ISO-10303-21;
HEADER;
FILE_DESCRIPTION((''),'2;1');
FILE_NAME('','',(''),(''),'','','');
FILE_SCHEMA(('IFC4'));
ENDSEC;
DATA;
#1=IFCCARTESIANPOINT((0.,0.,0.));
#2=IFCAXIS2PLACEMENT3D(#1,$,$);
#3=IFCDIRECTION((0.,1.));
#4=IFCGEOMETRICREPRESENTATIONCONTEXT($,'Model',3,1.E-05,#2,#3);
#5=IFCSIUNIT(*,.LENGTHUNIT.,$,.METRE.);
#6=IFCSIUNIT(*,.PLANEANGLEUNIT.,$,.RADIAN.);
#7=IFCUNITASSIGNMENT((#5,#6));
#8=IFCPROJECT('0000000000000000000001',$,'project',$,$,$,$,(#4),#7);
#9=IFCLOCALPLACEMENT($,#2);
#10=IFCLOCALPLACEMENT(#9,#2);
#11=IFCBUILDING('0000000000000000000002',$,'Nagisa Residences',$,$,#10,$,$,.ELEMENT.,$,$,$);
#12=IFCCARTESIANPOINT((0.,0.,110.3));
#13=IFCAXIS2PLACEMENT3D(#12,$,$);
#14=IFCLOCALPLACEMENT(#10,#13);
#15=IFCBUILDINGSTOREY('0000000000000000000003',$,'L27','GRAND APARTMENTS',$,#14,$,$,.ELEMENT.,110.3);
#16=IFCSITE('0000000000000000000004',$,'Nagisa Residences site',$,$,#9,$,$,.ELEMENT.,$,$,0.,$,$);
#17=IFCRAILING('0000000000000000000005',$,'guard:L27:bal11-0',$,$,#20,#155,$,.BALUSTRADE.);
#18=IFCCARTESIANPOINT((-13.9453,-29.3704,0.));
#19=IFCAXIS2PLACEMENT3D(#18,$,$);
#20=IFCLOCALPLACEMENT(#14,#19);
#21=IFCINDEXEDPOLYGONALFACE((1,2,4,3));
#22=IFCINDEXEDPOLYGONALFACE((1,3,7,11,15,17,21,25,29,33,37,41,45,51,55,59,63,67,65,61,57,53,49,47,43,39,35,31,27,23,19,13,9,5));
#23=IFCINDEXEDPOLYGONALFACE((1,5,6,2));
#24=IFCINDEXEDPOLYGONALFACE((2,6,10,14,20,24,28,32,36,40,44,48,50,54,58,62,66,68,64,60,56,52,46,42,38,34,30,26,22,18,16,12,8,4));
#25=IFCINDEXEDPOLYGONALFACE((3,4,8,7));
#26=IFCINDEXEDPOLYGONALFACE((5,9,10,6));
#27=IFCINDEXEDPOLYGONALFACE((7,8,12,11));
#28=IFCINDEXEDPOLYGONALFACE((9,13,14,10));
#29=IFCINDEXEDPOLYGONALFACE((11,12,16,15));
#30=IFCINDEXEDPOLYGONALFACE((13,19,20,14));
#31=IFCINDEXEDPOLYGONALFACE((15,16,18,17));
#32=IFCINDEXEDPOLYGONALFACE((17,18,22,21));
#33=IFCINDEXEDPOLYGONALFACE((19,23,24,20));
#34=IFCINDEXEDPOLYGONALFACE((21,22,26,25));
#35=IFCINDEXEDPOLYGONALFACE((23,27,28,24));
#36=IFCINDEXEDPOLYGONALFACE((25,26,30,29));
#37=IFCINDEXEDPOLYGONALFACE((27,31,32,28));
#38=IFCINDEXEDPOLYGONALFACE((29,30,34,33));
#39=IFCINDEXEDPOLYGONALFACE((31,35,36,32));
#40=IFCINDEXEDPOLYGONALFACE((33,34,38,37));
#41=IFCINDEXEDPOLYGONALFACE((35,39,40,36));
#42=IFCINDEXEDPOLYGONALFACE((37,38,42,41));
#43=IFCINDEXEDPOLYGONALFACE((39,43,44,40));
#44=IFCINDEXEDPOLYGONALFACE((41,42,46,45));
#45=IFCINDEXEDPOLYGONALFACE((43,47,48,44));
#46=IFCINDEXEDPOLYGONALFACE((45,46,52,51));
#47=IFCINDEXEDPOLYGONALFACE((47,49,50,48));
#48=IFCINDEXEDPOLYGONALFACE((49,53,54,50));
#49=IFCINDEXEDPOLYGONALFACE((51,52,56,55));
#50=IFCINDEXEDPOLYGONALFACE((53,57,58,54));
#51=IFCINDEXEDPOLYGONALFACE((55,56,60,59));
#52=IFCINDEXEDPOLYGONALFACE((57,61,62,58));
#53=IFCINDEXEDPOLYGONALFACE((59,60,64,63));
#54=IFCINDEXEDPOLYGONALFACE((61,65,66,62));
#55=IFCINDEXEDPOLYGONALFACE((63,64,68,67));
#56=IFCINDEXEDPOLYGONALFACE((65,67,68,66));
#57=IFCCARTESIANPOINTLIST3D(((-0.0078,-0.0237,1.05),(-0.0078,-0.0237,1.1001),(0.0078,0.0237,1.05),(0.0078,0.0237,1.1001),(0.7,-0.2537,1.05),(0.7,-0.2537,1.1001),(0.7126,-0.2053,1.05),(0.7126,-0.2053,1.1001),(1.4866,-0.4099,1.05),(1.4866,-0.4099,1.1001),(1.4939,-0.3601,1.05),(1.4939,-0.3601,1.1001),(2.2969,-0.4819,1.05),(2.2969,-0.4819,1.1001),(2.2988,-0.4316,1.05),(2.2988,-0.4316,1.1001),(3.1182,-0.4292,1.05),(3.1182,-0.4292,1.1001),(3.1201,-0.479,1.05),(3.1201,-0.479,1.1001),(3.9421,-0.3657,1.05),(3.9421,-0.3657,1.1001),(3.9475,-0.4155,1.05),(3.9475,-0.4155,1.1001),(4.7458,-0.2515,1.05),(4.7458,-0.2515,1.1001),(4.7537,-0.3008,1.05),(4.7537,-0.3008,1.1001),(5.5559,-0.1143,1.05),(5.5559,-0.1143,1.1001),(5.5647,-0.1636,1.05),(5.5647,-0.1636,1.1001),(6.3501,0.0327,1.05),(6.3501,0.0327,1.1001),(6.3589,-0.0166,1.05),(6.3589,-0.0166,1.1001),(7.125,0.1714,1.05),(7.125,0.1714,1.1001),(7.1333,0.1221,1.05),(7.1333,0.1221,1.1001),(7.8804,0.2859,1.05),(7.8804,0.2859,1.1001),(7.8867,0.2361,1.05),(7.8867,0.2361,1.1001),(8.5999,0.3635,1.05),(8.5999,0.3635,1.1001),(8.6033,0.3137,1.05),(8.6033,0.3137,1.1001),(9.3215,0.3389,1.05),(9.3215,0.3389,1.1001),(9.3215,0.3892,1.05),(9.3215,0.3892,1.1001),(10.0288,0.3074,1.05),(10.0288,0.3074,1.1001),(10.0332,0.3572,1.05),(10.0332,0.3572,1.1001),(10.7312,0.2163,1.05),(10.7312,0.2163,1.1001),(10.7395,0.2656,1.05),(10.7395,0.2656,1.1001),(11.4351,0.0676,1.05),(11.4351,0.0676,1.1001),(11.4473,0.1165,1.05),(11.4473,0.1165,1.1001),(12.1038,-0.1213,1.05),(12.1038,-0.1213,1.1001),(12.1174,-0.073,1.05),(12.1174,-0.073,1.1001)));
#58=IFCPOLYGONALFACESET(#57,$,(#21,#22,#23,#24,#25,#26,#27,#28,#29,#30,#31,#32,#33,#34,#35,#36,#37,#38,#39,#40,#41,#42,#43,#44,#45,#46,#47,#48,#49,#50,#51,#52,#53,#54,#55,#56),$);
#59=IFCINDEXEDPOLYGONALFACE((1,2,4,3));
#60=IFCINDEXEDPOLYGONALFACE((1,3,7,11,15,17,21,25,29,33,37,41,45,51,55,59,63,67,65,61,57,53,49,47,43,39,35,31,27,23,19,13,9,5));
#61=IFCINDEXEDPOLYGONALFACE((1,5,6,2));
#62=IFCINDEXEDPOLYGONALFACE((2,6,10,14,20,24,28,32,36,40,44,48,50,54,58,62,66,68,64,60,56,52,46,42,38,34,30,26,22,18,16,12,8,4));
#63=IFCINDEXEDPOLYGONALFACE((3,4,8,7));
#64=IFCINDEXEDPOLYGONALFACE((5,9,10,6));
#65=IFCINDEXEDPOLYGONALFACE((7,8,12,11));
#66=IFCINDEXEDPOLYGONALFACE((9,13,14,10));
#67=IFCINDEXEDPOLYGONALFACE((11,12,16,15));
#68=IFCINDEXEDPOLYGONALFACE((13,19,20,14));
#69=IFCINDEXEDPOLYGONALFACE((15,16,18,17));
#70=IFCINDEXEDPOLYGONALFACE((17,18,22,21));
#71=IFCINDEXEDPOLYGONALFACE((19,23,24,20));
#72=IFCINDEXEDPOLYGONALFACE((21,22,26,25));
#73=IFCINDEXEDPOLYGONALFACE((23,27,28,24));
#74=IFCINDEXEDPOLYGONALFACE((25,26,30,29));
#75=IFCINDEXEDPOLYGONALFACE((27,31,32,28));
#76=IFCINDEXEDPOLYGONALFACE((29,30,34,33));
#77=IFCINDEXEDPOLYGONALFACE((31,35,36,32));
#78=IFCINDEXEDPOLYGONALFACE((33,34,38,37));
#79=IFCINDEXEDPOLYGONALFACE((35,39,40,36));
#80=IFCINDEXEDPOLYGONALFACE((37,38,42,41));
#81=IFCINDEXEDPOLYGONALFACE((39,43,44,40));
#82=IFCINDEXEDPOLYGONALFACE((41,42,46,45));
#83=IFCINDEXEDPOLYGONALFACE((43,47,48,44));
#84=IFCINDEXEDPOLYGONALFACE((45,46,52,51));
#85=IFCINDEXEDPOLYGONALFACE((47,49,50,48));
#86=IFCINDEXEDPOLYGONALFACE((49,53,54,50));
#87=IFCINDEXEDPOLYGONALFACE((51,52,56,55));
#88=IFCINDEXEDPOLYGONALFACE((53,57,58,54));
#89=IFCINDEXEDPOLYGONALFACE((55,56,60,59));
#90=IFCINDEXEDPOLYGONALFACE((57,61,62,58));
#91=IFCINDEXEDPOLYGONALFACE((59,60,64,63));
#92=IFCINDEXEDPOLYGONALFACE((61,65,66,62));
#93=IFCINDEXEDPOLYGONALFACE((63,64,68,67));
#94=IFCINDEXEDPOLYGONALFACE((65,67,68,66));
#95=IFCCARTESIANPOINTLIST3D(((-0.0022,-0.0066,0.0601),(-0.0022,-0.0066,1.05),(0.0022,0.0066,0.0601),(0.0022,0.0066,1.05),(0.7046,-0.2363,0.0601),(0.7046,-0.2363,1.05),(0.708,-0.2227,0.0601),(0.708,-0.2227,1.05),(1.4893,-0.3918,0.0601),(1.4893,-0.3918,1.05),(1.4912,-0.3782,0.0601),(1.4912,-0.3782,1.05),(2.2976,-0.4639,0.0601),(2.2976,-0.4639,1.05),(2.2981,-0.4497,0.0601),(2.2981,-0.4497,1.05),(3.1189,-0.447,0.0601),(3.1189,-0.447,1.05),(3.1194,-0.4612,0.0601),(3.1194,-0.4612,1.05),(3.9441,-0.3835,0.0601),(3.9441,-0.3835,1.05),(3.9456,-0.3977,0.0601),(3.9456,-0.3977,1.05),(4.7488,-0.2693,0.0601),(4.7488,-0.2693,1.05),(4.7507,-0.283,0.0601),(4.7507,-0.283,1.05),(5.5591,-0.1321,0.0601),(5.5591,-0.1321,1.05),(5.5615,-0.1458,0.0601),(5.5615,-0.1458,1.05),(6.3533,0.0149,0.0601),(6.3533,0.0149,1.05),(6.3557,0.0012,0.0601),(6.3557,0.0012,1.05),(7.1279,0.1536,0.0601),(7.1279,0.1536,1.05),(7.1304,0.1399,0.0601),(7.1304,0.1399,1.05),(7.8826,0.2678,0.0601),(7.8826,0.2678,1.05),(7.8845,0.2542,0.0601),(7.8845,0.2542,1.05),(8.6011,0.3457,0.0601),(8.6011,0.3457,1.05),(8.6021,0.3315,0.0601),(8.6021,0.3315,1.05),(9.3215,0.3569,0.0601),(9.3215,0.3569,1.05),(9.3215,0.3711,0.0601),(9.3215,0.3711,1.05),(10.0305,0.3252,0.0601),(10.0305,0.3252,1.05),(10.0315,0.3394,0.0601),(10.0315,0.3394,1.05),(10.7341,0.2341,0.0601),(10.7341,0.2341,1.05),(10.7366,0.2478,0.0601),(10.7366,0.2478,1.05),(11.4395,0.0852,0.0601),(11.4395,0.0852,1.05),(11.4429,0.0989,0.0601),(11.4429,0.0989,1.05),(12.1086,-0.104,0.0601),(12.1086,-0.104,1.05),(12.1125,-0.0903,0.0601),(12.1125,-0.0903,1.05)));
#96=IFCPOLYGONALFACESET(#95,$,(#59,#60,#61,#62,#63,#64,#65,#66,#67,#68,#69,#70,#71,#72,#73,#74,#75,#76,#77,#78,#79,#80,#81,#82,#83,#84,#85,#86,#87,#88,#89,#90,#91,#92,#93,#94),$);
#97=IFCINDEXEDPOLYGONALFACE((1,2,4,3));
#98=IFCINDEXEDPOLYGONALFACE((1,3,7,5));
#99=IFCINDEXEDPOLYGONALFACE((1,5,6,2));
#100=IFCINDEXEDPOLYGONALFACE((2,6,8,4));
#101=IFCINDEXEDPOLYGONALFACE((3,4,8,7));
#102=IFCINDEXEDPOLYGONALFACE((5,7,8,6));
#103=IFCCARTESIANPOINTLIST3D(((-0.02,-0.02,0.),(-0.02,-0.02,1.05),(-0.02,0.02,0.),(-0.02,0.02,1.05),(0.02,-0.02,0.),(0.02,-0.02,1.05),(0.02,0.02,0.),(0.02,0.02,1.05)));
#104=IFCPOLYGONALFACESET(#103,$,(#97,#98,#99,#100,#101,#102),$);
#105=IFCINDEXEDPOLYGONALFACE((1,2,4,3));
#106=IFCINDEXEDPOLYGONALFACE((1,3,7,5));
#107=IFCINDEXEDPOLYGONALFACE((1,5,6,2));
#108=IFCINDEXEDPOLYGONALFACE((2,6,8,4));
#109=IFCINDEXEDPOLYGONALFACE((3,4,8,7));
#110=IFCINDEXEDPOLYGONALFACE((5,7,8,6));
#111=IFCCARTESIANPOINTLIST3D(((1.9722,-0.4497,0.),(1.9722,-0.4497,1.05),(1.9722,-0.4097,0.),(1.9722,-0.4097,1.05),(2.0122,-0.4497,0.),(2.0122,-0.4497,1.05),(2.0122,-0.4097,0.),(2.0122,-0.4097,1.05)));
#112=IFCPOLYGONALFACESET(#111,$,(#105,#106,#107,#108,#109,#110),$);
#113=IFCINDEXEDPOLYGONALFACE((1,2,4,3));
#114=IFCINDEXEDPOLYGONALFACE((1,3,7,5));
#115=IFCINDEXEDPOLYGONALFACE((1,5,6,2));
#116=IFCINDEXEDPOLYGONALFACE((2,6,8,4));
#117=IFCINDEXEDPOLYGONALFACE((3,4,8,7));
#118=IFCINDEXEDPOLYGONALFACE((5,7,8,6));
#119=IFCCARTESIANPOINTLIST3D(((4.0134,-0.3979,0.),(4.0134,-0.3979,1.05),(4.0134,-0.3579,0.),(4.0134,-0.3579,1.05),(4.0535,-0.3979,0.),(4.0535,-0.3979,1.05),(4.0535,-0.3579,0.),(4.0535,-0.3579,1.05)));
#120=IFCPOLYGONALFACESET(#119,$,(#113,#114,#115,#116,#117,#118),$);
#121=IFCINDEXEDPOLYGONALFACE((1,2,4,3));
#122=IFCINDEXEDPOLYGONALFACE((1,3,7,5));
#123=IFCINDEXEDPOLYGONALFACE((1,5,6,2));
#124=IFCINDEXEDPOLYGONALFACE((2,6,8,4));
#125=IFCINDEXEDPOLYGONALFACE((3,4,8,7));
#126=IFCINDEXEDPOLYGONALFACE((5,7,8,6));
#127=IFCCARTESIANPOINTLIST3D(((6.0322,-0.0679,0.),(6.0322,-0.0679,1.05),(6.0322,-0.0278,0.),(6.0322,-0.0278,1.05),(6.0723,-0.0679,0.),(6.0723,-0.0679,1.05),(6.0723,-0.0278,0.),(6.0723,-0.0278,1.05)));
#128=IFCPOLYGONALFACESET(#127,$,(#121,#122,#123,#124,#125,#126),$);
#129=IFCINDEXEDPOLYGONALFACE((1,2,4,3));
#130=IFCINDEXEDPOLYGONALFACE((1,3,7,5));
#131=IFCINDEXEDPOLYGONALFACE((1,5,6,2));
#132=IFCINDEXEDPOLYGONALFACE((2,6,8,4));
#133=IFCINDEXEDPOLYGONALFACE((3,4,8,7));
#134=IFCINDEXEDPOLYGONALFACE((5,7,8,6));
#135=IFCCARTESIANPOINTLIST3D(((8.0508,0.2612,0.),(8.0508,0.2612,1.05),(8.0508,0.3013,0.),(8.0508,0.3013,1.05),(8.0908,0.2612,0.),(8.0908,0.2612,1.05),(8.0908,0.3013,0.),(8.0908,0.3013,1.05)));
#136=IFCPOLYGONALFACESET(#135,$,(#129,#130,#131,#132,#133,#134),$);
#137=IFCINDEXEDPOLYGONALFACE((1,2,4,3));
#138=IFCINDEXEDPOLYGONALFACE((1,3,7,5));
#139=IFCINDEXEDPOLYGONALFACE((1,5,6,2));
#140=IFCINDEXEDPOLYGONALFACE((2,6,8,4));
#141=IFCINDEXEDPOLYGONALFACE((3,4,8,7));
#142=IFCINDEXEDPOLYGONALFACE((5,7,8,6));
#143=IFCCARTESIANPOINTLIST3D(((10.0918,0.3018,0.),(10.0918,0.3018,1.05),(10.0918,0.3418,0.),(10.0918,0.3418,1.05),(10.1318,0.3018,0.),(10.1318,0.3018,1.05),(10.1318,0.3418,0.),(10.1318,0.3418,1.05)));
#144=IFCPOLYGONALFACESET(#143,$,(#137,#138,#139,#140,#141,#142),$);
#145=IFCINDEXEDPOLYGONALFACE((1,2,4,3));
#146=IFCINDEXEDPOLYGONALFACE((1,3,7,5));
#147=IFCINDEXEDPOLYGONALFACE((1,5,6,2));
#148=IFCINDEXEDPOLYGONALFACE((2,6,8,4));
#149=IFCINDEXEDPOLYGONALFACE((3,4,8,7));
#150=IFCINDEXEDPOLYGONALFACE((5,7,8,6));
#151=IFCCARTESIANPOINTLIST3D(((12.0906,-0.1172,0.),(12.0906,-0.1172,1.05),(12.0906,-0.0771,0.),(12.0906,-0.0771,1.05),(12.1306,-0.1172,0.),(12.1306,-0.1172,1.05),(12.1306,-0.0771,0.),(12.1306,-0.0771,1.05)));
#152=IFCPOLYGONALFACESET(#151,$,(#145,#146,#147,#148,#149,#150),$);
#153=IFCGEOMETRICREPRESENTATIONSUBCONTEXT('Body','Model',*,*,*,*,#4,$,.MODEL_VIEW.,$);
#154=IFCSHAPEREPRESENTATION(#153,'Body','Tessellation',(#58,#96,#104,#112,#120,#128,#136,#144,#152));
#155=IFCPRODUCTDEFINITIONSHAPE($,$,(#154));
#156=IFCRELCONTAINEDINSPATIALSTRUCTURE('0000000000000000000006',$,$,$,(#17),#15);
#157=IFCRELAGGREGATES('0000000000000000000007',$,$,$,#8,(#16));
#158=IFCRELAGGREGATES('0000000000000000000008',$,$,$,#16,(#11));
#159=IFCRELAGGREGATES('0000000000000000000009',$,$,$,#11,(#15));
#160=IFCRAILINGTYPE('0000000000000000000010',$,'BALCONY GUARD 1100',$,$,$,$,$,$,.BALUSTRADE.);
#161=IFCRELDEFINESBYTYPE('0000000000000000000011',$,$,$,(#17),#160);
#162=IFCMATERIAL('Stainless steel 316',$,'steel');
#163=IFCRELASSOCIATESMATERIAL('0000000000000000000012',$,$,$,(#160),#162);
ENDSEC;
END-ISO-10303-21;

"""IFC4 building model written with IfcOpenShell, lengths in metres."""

from ifc_helpers import new_model, si_unit, direction, frame, origin, origin_2d, place, context, subcontext, project, spatial, polyline, rectangle, outline, extrude, material, type_object, element, save


model = new_model("IFC4")

# Units and contexts
model_context = context("Model", 3, precision=1e-05, world=origin(), true_north=direction((0.0, 1.0)))
body_context = subcontext(model_context, "Body", "Model", "MODEL_VIEW")
ifc_project = project(units=[si_unit("LENGTHUNIT", "METRE"), si_unit("PLANEANGLEUNIT", "RADIAN")], contexts=[model_context])

# Site, building, storey
site_placement = place(None, origin())
site = spatial("IfcSite", under=ifc_project, at=site_placement, Name="Nagisa Residences site", CompositionType="ELEMENT", RefElevation=0.0)
building_placement = place(site_placement, origin())
building = spatial("IfcBuilding", under=site, at=building_placement, Name="Nagisa Residences", CompositionType="ELEMENT")
storey_placement = place(building_placement, frame((0.0, 0.0, 110.3)))
storey = spatial("IfcBuildingStorey", under=building, at=storey_placement, Name="L27", Description="GRAND APARTMENTS", CompositionType="ELEMENT", Elevation=110.3)

# Railing
ifc_material_1 = material(Name="Stainless steel 316", Category="steel")
railing_type = type_object("IfcRailingType", Name="BALCONY GUARD 1100", PredefinedType="BALUSTRADE", material=ifc_material_1)
railing_1_placement = place(storey_placement, frame((-13.9453, -29.3704, 0.0)))
element("IfcRailing", 1, at=railing_1_placement, inside=storey, type_object=railing_type, Name="guard:L27:bal11-0", PredefinedType="BALUSTRADE", context=body_context, shape_type="SweptSolid", body=[
    extrude(outline(polyline([(0.7126, -0.2053), (0.0078, 0.0237), (-0.0078, -0.0237), (0.7, -0.2537), (1.4866, -0.4099), (2.2969, -0.4819), (3.1201, -0.479), (3.9475, -0.4155), (4.7537, -0.3008), (5.5647, -0.1636), (6.3589, -0.0166), (7.1333, 0.1221), (7.8867, 0.2361), (8.6033, 0.3137), (9.3215, 0.3389), (10.0288, 0.3074), (10.7312, 0.2163), (11.4351, 0.0676), (12.1038, -0.1213), (12.1174, -0.073), (11.4473, 0.1165), (10.7395, 0.2656), (10.0332, 0.3572), (9.3215, 0.3892), (8.5999, 0.3635), (7.8804, 0.2859), (7.125, 0.1714), (6.3501, 0.0327), (5.5559, -0.1143), (4.7458, -0.2515), (3.9421, -0.3657), (3.1182, -0.4292), (2.2988, -0.4316), (1.4939, -0.3601), (0.7126, -0.2053)])), frame((0.0, 0.0, 1.05)), (0.0, 0.0, 1.0), 0.05),
    extrude(outline(polyline([(0.708, -0.2227), (0.0022, 0.0066), (-0.0022, -0.0066), (0.7046, -0.2363), (1.4893, -0.3918), (2.2976, -0.4639), (3.1194, -0.4612), (3.9456, -0.3977), (4.7507, -0.283), (5.5615, -0.1458), (6.3557, 0.0012), (7.1304, 0.1399), (7.8845, 0.2542), (8.6021, 0.3315), (9.3215, 0.3569), (10.0305, 0.3252), (10.7341, 0.2341), (11.4395, 0.0852), (12.1086, -0.104), (12.1125, -0.0903), (11.4429, 0.0989), (10.7366, 0.2478), (10.0315, 0.3394), (9.3215, 0.3711), (8.6011, 0.3457), (7.8826, 0.2678), (7.1279, 0.1536), (6.3533, 0.0149), (5.5591, -0.1321), (4.7488, -0.2693), (3.9441, -0.3835), (3.1189, -0.447), (2.2981, -0.4497), (1.4912, -0.3782), (0.708, -0.2227)])), frame((0.0, 0.0, 0.0601)), (0.0, 0.0, 1.0), 0.99),
    extrude(rectangle(XDim=0.04, YDim=0.04, at=origin_2d()), origin(), (0.0, 0.0, 1.0), 1.05),
    extrude(rectangle(XDim=0.04, YDim=0.04, at=origin_2d()), frame((1.9922, -0.4297, 0.0)), (0.0, 0.0, 1.0), 1.05),
    extrude(rectangle(XDim=0.04, YDim=0.04, at=origin_2d()), frame((4.0334, -0.3779, 0.0)), (0.0, 0.0, 1.0), 1.05),
    extrude(rectangle(XDim=0.04, YDim=0.04, at=origin_2d()), frame((6.0522, -0.0479, 0.0)), (0.0, 0.0, 1.0), 1.05),
    extrude(rectangle(XDim=0.04, YDim=0.04, at=origin_2d()), frame((8.0708, 0.2812, 0.0)), (0.0, 0.0, 1.0), 1.05),
    extrude(rectangle(XDim=0.04, YDim=0.04, at=origin_2d()), frame((10.1118, 0.3218, 0.0)), (0.0, 0.0, 1.0), 1.05),
    extrude(rectangle(XDim=0.04, YDim=0.04, at=origin_2d()), frame((12.1106, -0.0972, 0.0)), (0.0, 0.0, 1.0), 1.05),
])

save(model, "model.ifc")
